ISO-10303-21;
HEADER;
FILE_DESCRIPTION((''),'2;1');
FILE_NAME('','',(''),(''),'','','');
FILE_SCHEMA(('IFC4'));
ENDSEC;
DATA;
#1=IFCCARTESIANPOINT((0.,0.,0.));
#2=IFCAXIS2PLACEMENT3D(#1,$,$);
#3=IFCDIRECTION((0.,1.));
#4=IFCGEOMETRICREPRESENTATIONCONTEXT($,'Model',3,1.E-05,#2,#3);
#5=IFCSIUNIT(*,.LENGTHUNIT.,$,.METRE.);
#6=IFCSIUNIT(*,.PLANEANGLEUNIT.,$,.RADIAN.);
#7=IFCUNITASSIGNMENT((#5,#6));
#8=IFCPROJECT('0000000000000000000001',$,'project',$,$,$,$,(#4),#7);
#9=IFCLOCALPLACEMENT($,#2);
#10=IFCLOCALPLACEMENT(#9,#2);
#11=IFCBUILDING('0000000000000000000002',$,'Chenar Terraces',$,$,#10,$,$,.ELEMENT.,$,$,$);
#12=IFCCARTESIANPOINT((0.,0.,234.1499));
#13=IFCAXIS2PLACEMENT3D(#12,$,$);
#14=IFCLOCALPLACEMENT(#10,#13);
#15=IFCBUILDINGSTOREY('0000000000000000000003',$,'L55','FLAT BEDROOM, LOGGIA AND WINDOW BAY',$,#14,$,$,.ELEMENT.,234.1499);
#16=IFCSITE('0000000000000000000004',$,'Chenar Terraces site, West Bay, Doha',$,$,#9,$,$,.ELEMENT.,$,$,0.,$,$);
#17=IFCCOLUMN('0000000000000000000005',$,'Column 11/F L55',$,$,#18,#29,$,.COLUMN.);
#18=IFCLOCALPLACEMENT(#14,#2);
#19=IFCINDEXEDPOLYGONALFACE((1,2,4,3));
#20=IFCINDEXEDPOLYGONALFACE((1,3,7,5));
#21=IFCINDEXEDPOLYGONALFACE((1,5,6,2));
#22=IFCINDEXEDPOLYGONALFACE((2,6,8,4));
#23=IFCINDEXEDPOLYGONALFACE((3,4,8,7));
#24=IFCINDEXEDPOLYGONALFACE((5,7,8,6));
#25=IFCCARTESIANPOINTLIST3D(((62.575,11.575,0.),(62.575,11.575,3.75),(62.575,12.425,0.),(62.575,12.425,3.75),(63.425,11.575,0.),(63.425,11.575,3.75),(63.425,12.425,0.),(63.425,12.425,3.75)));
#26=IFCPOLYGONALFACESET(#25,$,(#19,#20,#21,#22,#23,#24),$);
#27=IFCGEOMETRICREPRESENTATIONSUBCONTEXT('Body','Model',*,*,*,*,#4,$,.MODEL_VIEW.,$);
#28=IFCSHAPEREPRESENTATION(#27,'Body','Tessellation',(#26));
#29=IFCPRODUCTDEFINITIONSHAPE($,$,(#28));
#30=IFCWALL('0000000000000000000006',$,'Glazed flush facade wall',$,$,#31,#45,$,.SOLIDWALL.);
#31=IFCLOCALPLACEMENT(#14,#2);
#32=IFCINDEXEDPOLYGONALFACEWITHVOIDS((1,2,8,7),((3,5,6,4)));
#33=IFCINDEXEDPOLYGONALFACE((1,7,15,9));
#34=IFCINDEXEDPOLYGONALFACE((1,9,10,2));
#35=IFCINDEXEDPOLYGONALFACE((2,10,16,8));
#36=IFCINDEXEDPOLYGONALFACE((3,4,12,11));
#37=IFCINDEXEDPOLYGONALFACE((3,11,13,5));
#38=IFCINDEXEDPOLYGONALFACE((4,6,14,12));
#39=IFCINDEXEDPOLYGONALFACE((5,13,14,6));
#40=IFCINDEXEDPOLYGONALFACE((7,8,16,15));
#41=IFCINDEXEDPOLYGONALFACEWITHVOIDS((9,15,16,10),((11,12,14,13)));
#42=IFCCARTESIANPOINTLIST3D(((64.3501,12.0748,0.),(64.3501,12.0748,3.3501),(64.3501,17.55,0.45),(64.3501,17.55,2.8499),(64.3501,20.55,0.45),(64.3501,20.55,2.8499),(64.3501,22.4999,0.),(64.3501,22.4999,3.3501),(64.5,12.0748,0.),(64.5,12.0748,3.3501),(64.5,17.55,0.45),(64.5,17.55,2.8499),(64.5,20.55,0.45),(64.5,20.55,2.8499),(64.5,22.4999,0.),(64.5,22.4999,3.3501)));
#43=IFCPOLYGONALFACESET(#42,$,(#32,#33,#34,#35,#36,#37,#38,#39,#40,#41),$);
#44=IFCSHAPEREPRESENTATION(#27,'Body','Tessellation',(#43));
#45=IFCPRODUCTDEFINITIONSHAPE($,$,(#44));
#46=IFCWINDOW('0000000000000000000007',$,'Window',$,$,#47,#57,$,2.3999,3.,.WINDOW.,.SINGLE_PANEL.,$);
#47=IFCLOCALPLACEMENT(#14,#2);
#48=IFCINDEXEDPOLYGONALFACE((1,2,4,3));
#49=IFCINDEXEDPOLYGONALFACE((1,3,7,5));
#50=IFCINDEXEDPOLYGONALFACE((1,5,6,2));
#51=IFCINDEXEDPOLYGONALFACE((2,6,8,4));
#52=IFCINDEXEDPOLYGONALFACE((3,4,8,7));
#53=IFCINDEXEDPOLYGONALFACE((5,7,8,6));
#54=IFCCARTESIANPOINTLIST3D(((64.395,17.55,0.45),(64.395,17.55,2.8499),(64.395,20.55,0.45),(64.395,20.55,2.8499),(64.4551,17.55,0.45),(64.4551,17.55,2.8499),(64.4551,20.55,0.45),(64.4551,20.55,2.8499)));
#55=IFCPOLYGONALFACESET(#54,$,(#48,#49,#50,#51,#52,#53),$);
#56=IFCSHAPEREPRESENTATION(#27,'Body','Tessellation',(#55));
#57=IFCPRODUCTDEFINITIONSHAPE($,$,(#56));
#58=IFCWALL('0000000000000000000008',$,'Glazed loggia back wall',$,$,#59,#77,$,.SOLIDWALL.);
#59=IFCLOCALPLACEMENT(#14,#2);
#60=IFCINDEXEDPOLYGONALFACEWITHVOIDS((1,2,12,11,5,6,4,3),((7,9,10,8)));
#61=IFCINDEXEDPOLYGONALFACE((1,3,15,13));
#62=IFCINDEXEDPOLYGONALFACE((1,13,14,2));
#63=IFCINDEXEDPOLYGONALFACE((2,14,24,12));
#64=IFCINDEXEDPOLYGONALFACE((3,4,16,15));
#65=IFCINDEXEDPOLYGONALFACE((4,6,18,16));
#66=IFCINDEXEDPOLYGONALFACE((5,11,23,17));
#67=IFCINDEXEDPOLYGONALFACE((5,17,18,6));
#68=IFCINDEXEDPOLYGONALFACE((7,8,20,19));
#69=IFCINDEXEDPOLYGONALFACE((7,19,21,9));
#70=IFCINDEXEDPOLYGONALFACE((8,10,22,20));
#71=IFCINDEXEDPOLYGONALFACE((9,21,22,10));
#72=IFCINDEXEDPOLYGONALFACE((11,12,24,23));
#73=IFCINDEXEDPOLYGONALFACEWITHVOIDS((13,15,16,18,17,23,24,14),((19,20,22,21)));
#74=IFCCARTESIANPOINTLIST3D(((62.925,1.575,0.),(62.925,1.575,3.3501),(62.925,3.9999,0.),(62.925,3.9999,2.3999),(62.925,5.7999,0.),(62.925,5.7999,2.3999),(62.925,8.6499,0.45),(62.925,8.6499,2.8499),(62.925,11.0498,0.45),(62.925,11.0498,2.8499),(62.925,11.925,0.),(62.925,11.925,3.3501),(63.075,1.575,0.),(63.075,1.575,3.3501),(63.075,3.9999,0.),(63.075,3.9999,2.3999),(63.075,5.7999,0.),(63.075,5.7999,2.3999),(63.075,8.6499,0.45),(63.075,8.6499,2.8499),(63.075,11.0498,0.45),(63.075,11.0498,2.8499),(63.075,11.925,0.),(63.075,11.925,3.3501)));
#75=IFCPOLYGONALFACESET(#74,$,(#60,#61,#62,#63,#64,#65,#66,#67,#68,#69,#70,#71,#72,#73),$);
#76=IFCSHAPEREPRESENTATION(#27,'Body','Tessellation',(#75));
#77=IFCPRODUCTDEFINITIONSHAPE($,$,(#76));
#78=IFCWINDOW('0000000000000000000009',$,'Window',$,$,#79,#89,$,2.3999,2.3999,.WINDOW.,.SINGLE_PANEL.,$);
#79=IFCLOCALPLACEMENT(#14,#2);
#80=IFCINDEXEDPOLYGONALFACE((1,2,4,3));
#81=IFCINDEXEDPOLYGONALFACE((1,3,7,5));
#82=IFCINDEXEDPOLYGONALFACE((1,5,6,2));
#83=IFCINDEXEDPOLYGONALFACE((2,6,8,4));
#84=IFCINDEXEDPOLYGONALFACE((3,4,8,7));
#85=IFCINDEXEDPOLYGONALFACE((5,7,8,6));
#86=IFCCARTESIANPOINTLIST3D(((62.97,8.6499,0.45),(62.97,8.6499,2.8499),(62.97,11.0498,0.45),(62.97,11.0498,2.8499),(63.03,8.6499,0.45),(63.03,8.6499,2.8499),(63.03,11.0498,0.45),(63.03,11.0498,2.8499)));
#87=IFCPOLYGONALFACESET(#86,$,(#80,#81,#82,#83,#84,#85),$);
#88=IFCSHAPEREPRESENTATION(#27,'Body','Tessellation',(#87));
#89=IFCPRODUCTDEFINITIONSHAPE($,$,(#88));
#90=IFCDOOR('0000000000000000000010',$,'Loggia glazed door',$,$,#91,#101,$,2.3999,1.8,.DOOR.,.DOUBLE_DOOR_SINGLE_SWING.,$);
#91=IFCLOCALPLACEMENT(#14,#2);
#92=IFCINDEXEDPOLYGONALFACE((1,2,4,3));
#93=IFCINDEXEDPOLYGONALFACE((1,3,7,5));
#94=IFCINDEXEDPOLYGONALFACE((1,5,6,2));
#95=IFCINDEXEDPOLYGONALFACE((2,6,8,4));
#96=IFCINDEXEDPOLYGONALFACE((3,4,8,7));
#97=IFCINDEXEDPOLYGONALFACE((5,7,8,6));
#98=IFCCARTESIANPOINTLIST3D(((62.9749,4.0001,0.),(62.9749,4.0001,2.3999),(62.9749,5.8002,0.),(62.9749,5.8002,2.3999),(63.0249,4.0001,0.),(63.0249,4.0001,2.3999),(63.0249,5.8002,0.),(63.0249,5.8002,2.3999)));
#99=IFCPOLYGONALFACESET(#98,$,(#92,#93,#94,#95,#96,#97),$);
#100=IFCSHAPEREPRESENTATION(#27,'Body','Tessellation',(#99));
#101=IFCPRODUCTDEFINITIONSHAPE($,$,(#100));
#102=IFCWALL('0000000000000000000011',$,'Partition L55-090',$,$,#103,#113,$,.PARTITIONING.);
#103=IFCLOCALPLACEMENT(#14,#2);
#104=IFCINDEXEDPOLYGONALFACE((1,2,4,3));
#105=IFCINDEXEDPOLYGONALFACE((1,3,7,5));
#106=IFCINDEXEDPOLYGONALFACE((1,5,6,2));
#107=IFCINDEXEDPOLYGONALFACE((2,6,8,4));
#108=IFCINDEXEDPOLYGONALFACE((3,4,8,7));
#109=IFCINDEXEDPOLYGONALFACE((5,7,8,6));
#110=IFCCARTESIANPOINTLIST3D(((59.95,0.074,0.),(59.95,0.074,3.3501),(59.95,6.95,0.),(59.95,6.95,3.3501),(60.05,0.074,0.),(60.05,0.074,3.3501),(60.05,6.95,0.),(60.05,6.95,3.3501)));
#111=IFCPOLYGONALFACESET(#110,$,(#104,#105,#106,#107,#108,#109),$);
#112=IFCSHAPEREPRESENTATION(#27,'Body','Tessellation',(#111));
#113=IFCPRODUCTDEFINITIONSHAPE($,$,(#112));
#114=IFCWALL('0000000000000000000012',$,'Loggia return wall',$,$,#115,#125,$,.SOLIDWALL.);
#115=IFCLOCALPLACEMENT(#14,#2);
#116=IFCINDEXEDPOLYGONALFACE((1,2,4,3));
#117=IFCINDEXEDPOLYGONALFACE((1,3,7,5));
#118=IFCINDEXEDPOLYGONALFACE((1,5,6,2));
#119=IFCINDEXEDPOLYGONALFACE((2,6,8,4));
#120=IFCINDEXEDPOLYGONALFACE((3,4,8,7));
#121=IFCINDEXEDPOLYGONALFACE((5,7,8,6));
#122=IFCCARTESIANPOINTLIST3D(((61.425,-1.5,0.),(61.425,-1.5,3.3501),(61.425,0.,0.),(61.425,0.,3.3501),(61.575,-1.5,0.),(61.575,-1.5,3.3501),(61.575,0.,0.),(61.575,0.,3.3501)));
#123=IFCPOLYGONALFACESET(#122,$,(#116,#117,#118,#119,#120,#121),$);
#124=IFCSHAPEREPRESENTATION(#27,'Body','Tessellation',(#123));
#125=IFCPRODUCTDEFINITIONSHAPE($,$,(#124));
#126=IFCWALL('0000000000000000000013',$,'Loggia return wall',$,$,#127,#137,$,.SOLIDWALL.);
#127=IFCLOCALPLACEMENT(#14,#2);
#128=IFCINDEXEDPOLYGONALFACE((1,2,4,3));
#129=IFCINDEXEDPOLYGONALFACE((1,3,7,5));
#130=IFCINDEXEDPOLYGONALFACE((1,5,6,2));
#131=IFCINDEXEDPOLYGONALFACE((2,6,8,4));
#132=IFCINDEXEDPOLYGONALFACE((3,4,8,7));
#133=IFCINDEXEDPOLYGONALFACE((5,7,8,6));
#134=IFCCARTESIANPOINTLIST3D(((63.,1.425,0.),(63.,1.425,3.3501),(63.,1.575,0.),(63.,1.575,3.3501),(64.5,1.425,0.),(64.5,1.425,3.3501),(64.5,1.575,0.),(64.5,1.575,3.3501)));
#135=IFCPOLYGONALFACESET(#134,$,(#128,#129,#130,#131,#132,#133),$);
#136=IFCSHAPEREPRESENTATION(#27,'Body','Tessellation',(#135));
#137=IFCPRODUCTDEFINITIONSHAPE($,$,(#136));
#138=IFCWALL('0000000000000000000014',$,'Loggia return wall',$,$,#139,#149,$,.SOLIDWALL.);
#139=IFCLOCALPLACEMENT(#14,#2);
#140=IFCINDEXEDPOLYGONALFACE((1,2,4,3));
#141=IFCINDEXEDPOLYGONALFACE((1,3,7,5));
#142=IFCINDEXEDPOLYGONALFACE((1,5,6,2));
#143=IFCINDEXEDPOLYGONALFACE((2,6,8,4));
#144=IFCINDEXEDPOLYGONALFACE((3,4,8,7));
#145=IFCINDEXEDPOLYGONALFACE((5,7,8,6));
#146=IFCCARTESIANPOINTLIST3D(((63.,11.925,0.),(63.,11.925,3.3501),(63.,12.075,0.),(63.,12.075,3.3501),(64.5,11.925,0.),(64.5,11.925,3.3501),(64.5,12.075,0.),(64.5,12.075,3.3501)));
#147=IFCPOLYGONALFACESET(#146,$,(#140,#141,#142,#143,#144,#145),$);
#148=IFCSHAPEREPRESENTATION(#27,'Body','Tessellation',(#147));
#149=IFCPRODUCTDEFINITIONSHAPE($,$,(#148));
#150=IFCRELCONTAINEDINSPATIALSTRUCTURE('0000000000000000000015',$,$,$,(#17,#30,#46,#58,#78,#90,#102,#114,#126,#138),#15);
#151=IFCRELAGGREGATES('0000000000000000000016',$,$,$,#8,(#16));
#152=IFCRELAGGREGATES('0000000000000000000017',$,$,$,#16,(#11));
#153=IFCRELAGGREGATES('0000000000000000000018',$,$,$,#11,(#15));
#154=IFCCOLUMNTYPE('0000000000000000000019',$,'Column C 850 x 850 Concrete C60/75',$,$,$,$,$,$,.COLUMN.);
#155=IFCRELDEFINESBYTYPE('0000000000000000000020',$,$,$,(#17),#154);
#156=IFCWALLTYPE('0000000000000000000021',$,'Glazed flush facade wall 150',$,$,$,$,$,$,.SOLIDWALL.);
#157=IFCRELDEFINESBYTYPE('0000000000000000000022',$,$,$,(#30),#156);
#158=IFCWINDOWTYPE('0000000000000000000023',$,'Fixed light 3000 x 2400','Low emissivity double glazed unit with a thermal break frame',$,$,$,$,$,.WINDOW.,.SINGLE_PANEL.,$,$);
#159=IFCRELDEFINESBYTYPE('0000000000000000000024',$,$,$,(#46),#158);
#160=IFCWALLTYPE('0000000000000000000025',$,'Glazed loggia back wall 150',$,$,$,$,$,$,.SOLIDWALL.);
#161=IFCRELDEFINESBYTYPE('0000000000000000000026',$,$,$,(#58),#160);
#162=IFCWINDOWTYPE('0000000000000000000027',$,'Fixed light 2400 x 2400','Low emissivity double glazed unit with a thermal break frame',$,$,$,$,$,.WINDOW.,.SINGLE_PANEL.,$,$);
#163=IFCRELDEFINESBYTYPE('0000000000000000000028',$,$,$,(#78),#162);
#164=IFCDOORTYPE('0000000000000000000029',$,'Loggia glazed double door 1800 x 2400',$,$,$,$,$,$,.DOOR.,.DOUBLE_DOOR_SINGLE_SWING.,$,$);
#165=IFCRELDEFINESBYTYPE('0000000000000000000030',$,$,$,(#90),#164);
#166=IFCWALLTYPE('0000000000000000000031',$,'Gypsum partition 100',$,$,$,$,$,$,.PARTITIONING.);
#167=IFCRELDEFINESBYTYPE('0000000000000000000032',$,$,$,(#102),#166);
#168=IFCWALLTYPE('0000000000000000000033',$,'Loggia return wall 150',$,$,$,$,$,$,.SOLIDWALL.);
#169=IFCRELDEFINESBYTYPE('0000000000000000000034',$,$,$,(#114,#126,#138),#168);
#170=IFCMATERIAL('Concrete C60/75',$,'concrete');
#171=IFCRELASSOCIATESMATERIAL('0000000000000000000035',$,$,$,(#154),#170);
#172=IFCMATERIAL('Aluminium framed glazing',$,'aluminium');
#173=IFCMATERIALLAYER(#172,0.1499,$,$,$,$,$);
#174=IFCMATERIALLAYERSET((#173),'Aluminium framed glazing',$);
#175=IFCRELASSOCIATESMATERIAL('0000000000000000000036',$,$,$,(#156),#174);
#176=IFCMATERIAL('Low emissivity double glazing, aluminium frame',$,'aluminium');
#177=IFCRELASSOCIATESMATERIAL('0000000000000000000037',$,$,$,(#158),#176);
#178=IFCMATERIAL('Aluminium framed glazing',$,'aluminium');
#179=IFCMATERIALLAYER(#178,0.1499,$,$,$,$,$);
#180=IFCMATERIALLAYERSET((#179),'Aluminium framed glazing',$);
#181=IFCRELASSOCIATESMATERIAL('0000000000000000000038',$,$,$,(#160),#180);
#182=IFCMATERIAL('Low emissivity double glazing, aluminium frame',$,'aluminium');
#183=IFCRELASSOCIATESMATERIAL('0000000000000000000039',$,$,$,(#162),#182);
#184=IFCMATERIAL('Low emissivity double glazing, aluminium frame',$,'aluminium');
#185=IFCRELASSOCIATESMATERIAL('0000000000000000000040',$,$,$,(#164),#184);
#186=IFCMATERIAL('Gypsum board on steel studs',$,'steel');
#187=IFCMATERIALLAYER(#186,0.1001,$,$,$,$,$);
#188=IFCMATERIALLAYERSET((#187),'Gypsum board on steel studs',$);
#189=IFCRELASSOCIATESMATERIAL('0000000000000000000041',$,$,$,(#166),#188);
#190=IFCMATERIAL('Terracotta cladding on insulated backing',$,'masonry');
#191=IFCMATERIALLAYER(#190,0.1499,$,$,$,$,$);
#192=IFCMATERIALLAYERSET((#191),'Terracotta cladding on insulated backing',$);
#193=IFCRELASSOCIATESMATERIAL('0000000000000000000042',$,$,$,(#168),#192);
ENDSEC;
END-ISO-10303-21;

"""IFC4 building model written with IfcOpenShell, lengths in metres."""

from ifc_helpers import new_model, si_unit, direction, frame, frame_2d, origin, origin_2d, place, context, subcontext, project, spatial, rectangle, extrude, material, layer, layer_set, material_profile, profile_set, type_object, element, fill, save


model = new_model("IFC4")

# Units and contexts
model_context = context("Model", 3, precision=1e-05, world=origin(), true_north=direction((0.0, 1.0)))
body_context = subcontext(model_context, "Body", "Model", "MODEL_VIEW")
ifc_project = project(units=[si_unit("LENGTHUNIT", "METRE"), si_unit("PLANEANGLEUNIT", "RADIAN")], contexts=[model_context])

# Site, building, storey
site_placement = place(None, origin())
site = spatial("IfcSite", under=ifc_project, at=site_placement, Name="Chenar Terraces site, West Bay, Doha", CompositionType="ELEMENT", RefElevation=0.0)
building_placement = place(site_placement, origin())
building = spatial("IfcBuilding", under=site, at=building_placement, Name="Chenar Terraces", CompositionType="ELEMENT")
storey_placement = place(building_placement, frame((0.0, 0.0, 234.1499)))
storey = spatial("IfcBuildingStorey", under=building, at=storey_placement, Name="L55", Description="FLAT BEDROOM, LOGGIA AND WINDOW BAY", CompositionType="ELEMENT", Elevation=234.1499)

# Column
ifc_material_1 = material(Name="Concrete C60/75", Category="concrete")
ifc_material_profile_1 = material_profile(ifc_material_1, rectangle(XDim=0.8501, YDim=0.8501, at=origin_2d()), Name="C 850 x 850")
ifc_profile_set_1 = profile_set([ifc_material_profile_1], Name="Concrete C60/75")
column_type = type_object("IfcColumnType", Name="Column C 850 x 850 Concrete C60/75", PredefinedType="COLUMN", material=ifc_profile_set_1)
column_placement = place(storey_placement, frame((63.0, 12.0, 0.0), z_axis=(0.0, 0.0, 1.0), x_axis=(1.0, 0.0, 0.0)))
element("IfcColumn", 1, at=column_placement, inside=storey, type_object=column_type, Name="Column 11/F L55", PredefinedType="COLUMN", context=body_context, shape_type="SweptSolid", body=[
    extrude(rectangle(XDim=0.8501, YDim=0.8501, at=origin_2d()), origin(), (0.0, 0.0, 1.0), 3.75),
])

# Wall, opening, window
ifc_material_2 = material(Name="Aluminium framed glazing", Category="aluminium")
ifc_layer_1 = layer(ifc_material_2, 0.1499)
ifc_layer_set_1 = layer_set([ifc_layer_1], Name="Aluminium framed glazing")
wall_type_1 = type_object("IfcWallType", Name="Glazed flush facade wall 150", PredefinedType="SOLIDWALL", material=ifc_layer_set_1)
wall_1_placement = place(storey_placement, frame((64.425, 12.075, 0.0), z_axis=(0.0, 0.0, 1.0), x_axis=(0.0, 1.0, 0.0)))
wall_1 = element("IfcWall", 2, at=wall_1_placement, inside=storey, type_object=wall_type_1, Name="Glazed flush facade wall", PredefinedType="SOLIDWALL", context=body_context, shape_type="SweptSolid", body=[
    extrude(rectangle(XDim=10.425, YDim=0.1499, at=frame_2d((5.2124, 0.0))), origin(), (0.0, 0.0, 1.0), 3.3501),
])
opening_1_placement = place(wall_1_placement, frame((5.4751, 0.0, 0.45)))
opening_1 = element("IfcOpeningElement", 3, at=opening_1_placement, cuts=wall_1, PredefinedType="OPENING", context=body_context, shape_type="SweptSolid", body=[
    extrude(rectangle(XDim=3.0, YDim=2.3999, at=frame_2d((1.5, 1.2))), frame((0.0, 0.085, 0.0), z_axis=(0.0, -1.0, 0.0), x_axis=(1.0, 0.0, 0.0)), (0.0, 0.0, 1.0), 0.1699),
])
ifc_material_3 = material(Name="Low emissivity double glazing, aluminium frame", Category="aluminium")
window_type_1 = type_object("IfcWindowType", Name="Fixed light 3000 x 2400", Description="Low emissivity double glazed unit with a thermal break frame", PartitioningType="SINGLE_PANEL", PredefinedType="WINDOW", material=ifc_material_3)
window_1_placement = place(opening_1_placement, origin())
window_1 = element("IfcWindow", 4, at=window_1_placement, inside=storey, type_object=window_type_1, Name="Window", OverallHeight=2.3999, OverallWidth=3.0, PartitioningType="SINGLE_PANEL", PredefinedType="WINDOW", context=body_context, shape_type="SweptSolid", body=[
    extrude(rectangle(XDim=3.0, YDim=2.3999, at=frame_2d((1.5, 1.2))), frame((0.0, 0.03, 0.0), z_axis=(0.0, -1.0, 0.0), x_axis=(1.0, 0.0, 0.0)), (0.0, 0.0, 1.0), 0.0601),
])
fill(opening_1, window_1)

# Wall, openings, window, door
ifc_material_4 = material(Name="Aluminium framed glazing", Category="aluminium")
ifc_layer_2 = layer(ifc_material_4, 0.1499)
ifc_layer_set_2 = layer_set([ifc_layer_2], Name="Aluminium framed glazing")
wall_type_2 = type_object("IfcWallType", Name="Glazed loggia back wall 150", PredefinedType="SOLIDWALL", material=ifc_layer_set_2)
wall_2_placement = place(storey_placement, frame((63.0, 1.575, 0.0), z_axis=(0.0, 0.0, 1.0), x_axis=(0.0, 1.0, 0.0)))
wall_2 = element("IfcWall", 5, at=wall_2_placement, inside=storey, type_object=wall_type_2, Name="Glazed loggia back wall", PredefinedType="SOLIDWALL", context=body_context, shape_type="SweptSolid", body=[
    extrude(rectangle(XDim=10.3501, YDim=0.1499, at=frame_2d((5.175, 0.0))), origin(), (0.0, 0.0, 1.0), 3.3501),
])
opening_2_placement = place(wall_2_placement, frame((2.425, 0.0, 0.0)))
opening_2 = element("IfcOpeningElement", 6, at=opening_2_placement, cuts=wall_2, PredefinedType="OPENING", context=body_context, shape_type="SweptSolid", body=[
    extrude(rectangle(XDim=1.8, YDim=2.3999, at=frame_2d((0.8999, 1.2))), frame((0.0, 0.085, 0.0), z_axis=(0.0, -1.0, 0.0), x_axis=(1.0, 0.0, 0.0)), (0.0, 0.0, 1.0), 0.1699),
])
opening_3_placement = place(wall_2_placement, frame((7.075, 0.0, 0.45)))
opening_3 = element("IfcOpeningElement", 7, at=opening_3_placement, cuts=wall_2, PredefinedType="OPENING", context=body_context, shape_type="SweptSolid", body=[
    extrude(rectangle(XDim=2.3999, YDim=2.3999, at=frame_2d((1.2, 1.2))), frame((0.0, 0.085, 0.0), z_axis=(0.0, -1.0, 0.0), x_axis=(1.0, 0.0, 0.0)), (0.0, 0.0, 1.0), 0.1699),
])
ifc_material_5 = material(Name="Low emissivity double glazing, aluminium frame", Category="aluminium")
window_type_2 = type_object("IfcWindowType", Name="Fixed light 2400 x 2400", Description="Low emissivity double glazed unit with a thermal break frame", PartitioningType="SINGLE_PANEL", PredefinedType="WINDOW", material=ifc_material_5)
window_2_placement = place(opening_3_placement, origin())
window_2 = element("IfcWindow", 8, at=window_2_placement, inside=storey, type_object=window_type_2, Name="Window", OverallHeight=2.3999, OverallWidth=2.3999, PartitioningType="SINGLE_PANEL", PredefinedType="WINDOW", context=body_context, shape_type="SweptSolid", body=[
    extrude(rectangle(XDim=2.3999, YDim=2.3999, at=frame_2d((1.2, 1.2))), frame((0.0, 0.03, 0.0), z_axis=(0.0, -1.0, 0.0), x_axis=(1.0, 0.0, 0.0)), (0.0, 0.0, 1.0), 0.0601),
])
fill(opening_3, window_2)
ifc_material_6 = material(Name="Low emissivity double glazing, aluminium frame", Category="aluminium")
door_type_1 = type_object("IfcDoorType", Name="Loggia glazed double door 1800 x 2400", OperationType="DOUBLE_DOOR_SINGLE_SWING", PredefinedType="DOOR", material=ifc_material_6)
door_1_placement = place(opening_2_placement, frame((1.8, 0.0, 0.0), z_axis=(0.0, 0.0, 1.0), x_axis=(-1.0, 0.0, 0.0)))
door_1 = element("IfcDoor", 9, at=door_1_placement, inside=storey, type_object=door_type_1, Name="Loggia glazed door", OperationType="DOUBLE_DOOR_SINGLE_SWING", OverallHeight=2.3999, OverallWidth=1.8, PredefinedType="DOOR", context=body_context, shape_type="SweptSolid", body=[
    extrude(rectangle(XDim=1.8, YDim=2.3999, at=frame_2d((0.8999, 1.2))), frame((0.0, 0.0249, 0.0), z_axis=(0.0, -1.0, 0.0), x_axis=(1.0, 0.0, 0.0)), (0.0, 0.0, 1.0), 0.05),
])
fill(opening_2, door_1)

# Walls
ifc_material_7 = material(Name="Gypsum board on steel studs", Category="steel")
ifc_layer_3 = layer(ifc_material_7, 0.1001)
ifc_layer_set_3 = layer_set([ifc_layer_3], Name="Gypsum board on steel studs")
wall_type_3 = type_object("IfcWallType", Name="Gypsum partition 100", PredefinedType="PARTITIONING", material=ifc_layer_set_3)
wall_3_placement = place(storey_placement, frame((60.0, 0.074, 0.0), z_axis=(0.0, 0.0, 1.0), x_axis=(0.0, 1.0, 0.0)))
element("IfcWall", 10, at=wall_3_placement, inside=storey, type_object=wall_type_3, Name="Partition L55-090", PredefinedType="PARTITIONING", context=body_context, shape_type="SweptSolid", body=[
    extrude(rectangle(XDim=6.876, YDim=0.1001, at=frame_2d((3.438, 0.0))), origin(), (0.0, 0.0, 1.0), 3.3501),
])
ifc_material_8 = material(Name="Terracotta cladding on insulated backing", Category="masonry")
ifc_layer_4 = layer(ifc_material_8, 0.1499)
ifc_layer_set_4 = layer_set([ifc_layer_4], Name="Terracotta cladding on insulated backing")
wall_type_4 = type_object("IfcWallType", Name="Loggia return wall 150", PredefinedType="SOLIDWALL", material=ifc_layer_set_4)
for number, where, z_axis, x_axis, name in (
    (11, (61.5, -1.5, 0.0), (0.0, 0.0, 1.0), (0.0, 1.0, 0.0), "Loggia return wall"),
    (12, (64.5, 1.5, 0.0), (0.0, 0.0, 1.0), (-1.0, 0.0, 0.0), "Loggia return wall"),
    (13, (64.5, 12.0, 0.0), (0.0, 0.0, 1.0), (-1.0, 0.0, 0.0), "Loggia return wall"),
):
    element("IfcWall", number, at=place(storey_placement, frame(where, z_axis=z_axis, x_axis=x_axis)), inside=storey, type_object=wall_type_4, Name=name, PredefinedType="SOLIDWALL", context=body_context, shape_type="SweptSolid", body=[
        extrude(rectangle(XDim=1.5, YDim=0.1499, at=frame_2d((0.75, 0.0))), origin(), (0.0, 0.0, 1.0), 3.3501),
    ])

save(model, "model.ifc")
